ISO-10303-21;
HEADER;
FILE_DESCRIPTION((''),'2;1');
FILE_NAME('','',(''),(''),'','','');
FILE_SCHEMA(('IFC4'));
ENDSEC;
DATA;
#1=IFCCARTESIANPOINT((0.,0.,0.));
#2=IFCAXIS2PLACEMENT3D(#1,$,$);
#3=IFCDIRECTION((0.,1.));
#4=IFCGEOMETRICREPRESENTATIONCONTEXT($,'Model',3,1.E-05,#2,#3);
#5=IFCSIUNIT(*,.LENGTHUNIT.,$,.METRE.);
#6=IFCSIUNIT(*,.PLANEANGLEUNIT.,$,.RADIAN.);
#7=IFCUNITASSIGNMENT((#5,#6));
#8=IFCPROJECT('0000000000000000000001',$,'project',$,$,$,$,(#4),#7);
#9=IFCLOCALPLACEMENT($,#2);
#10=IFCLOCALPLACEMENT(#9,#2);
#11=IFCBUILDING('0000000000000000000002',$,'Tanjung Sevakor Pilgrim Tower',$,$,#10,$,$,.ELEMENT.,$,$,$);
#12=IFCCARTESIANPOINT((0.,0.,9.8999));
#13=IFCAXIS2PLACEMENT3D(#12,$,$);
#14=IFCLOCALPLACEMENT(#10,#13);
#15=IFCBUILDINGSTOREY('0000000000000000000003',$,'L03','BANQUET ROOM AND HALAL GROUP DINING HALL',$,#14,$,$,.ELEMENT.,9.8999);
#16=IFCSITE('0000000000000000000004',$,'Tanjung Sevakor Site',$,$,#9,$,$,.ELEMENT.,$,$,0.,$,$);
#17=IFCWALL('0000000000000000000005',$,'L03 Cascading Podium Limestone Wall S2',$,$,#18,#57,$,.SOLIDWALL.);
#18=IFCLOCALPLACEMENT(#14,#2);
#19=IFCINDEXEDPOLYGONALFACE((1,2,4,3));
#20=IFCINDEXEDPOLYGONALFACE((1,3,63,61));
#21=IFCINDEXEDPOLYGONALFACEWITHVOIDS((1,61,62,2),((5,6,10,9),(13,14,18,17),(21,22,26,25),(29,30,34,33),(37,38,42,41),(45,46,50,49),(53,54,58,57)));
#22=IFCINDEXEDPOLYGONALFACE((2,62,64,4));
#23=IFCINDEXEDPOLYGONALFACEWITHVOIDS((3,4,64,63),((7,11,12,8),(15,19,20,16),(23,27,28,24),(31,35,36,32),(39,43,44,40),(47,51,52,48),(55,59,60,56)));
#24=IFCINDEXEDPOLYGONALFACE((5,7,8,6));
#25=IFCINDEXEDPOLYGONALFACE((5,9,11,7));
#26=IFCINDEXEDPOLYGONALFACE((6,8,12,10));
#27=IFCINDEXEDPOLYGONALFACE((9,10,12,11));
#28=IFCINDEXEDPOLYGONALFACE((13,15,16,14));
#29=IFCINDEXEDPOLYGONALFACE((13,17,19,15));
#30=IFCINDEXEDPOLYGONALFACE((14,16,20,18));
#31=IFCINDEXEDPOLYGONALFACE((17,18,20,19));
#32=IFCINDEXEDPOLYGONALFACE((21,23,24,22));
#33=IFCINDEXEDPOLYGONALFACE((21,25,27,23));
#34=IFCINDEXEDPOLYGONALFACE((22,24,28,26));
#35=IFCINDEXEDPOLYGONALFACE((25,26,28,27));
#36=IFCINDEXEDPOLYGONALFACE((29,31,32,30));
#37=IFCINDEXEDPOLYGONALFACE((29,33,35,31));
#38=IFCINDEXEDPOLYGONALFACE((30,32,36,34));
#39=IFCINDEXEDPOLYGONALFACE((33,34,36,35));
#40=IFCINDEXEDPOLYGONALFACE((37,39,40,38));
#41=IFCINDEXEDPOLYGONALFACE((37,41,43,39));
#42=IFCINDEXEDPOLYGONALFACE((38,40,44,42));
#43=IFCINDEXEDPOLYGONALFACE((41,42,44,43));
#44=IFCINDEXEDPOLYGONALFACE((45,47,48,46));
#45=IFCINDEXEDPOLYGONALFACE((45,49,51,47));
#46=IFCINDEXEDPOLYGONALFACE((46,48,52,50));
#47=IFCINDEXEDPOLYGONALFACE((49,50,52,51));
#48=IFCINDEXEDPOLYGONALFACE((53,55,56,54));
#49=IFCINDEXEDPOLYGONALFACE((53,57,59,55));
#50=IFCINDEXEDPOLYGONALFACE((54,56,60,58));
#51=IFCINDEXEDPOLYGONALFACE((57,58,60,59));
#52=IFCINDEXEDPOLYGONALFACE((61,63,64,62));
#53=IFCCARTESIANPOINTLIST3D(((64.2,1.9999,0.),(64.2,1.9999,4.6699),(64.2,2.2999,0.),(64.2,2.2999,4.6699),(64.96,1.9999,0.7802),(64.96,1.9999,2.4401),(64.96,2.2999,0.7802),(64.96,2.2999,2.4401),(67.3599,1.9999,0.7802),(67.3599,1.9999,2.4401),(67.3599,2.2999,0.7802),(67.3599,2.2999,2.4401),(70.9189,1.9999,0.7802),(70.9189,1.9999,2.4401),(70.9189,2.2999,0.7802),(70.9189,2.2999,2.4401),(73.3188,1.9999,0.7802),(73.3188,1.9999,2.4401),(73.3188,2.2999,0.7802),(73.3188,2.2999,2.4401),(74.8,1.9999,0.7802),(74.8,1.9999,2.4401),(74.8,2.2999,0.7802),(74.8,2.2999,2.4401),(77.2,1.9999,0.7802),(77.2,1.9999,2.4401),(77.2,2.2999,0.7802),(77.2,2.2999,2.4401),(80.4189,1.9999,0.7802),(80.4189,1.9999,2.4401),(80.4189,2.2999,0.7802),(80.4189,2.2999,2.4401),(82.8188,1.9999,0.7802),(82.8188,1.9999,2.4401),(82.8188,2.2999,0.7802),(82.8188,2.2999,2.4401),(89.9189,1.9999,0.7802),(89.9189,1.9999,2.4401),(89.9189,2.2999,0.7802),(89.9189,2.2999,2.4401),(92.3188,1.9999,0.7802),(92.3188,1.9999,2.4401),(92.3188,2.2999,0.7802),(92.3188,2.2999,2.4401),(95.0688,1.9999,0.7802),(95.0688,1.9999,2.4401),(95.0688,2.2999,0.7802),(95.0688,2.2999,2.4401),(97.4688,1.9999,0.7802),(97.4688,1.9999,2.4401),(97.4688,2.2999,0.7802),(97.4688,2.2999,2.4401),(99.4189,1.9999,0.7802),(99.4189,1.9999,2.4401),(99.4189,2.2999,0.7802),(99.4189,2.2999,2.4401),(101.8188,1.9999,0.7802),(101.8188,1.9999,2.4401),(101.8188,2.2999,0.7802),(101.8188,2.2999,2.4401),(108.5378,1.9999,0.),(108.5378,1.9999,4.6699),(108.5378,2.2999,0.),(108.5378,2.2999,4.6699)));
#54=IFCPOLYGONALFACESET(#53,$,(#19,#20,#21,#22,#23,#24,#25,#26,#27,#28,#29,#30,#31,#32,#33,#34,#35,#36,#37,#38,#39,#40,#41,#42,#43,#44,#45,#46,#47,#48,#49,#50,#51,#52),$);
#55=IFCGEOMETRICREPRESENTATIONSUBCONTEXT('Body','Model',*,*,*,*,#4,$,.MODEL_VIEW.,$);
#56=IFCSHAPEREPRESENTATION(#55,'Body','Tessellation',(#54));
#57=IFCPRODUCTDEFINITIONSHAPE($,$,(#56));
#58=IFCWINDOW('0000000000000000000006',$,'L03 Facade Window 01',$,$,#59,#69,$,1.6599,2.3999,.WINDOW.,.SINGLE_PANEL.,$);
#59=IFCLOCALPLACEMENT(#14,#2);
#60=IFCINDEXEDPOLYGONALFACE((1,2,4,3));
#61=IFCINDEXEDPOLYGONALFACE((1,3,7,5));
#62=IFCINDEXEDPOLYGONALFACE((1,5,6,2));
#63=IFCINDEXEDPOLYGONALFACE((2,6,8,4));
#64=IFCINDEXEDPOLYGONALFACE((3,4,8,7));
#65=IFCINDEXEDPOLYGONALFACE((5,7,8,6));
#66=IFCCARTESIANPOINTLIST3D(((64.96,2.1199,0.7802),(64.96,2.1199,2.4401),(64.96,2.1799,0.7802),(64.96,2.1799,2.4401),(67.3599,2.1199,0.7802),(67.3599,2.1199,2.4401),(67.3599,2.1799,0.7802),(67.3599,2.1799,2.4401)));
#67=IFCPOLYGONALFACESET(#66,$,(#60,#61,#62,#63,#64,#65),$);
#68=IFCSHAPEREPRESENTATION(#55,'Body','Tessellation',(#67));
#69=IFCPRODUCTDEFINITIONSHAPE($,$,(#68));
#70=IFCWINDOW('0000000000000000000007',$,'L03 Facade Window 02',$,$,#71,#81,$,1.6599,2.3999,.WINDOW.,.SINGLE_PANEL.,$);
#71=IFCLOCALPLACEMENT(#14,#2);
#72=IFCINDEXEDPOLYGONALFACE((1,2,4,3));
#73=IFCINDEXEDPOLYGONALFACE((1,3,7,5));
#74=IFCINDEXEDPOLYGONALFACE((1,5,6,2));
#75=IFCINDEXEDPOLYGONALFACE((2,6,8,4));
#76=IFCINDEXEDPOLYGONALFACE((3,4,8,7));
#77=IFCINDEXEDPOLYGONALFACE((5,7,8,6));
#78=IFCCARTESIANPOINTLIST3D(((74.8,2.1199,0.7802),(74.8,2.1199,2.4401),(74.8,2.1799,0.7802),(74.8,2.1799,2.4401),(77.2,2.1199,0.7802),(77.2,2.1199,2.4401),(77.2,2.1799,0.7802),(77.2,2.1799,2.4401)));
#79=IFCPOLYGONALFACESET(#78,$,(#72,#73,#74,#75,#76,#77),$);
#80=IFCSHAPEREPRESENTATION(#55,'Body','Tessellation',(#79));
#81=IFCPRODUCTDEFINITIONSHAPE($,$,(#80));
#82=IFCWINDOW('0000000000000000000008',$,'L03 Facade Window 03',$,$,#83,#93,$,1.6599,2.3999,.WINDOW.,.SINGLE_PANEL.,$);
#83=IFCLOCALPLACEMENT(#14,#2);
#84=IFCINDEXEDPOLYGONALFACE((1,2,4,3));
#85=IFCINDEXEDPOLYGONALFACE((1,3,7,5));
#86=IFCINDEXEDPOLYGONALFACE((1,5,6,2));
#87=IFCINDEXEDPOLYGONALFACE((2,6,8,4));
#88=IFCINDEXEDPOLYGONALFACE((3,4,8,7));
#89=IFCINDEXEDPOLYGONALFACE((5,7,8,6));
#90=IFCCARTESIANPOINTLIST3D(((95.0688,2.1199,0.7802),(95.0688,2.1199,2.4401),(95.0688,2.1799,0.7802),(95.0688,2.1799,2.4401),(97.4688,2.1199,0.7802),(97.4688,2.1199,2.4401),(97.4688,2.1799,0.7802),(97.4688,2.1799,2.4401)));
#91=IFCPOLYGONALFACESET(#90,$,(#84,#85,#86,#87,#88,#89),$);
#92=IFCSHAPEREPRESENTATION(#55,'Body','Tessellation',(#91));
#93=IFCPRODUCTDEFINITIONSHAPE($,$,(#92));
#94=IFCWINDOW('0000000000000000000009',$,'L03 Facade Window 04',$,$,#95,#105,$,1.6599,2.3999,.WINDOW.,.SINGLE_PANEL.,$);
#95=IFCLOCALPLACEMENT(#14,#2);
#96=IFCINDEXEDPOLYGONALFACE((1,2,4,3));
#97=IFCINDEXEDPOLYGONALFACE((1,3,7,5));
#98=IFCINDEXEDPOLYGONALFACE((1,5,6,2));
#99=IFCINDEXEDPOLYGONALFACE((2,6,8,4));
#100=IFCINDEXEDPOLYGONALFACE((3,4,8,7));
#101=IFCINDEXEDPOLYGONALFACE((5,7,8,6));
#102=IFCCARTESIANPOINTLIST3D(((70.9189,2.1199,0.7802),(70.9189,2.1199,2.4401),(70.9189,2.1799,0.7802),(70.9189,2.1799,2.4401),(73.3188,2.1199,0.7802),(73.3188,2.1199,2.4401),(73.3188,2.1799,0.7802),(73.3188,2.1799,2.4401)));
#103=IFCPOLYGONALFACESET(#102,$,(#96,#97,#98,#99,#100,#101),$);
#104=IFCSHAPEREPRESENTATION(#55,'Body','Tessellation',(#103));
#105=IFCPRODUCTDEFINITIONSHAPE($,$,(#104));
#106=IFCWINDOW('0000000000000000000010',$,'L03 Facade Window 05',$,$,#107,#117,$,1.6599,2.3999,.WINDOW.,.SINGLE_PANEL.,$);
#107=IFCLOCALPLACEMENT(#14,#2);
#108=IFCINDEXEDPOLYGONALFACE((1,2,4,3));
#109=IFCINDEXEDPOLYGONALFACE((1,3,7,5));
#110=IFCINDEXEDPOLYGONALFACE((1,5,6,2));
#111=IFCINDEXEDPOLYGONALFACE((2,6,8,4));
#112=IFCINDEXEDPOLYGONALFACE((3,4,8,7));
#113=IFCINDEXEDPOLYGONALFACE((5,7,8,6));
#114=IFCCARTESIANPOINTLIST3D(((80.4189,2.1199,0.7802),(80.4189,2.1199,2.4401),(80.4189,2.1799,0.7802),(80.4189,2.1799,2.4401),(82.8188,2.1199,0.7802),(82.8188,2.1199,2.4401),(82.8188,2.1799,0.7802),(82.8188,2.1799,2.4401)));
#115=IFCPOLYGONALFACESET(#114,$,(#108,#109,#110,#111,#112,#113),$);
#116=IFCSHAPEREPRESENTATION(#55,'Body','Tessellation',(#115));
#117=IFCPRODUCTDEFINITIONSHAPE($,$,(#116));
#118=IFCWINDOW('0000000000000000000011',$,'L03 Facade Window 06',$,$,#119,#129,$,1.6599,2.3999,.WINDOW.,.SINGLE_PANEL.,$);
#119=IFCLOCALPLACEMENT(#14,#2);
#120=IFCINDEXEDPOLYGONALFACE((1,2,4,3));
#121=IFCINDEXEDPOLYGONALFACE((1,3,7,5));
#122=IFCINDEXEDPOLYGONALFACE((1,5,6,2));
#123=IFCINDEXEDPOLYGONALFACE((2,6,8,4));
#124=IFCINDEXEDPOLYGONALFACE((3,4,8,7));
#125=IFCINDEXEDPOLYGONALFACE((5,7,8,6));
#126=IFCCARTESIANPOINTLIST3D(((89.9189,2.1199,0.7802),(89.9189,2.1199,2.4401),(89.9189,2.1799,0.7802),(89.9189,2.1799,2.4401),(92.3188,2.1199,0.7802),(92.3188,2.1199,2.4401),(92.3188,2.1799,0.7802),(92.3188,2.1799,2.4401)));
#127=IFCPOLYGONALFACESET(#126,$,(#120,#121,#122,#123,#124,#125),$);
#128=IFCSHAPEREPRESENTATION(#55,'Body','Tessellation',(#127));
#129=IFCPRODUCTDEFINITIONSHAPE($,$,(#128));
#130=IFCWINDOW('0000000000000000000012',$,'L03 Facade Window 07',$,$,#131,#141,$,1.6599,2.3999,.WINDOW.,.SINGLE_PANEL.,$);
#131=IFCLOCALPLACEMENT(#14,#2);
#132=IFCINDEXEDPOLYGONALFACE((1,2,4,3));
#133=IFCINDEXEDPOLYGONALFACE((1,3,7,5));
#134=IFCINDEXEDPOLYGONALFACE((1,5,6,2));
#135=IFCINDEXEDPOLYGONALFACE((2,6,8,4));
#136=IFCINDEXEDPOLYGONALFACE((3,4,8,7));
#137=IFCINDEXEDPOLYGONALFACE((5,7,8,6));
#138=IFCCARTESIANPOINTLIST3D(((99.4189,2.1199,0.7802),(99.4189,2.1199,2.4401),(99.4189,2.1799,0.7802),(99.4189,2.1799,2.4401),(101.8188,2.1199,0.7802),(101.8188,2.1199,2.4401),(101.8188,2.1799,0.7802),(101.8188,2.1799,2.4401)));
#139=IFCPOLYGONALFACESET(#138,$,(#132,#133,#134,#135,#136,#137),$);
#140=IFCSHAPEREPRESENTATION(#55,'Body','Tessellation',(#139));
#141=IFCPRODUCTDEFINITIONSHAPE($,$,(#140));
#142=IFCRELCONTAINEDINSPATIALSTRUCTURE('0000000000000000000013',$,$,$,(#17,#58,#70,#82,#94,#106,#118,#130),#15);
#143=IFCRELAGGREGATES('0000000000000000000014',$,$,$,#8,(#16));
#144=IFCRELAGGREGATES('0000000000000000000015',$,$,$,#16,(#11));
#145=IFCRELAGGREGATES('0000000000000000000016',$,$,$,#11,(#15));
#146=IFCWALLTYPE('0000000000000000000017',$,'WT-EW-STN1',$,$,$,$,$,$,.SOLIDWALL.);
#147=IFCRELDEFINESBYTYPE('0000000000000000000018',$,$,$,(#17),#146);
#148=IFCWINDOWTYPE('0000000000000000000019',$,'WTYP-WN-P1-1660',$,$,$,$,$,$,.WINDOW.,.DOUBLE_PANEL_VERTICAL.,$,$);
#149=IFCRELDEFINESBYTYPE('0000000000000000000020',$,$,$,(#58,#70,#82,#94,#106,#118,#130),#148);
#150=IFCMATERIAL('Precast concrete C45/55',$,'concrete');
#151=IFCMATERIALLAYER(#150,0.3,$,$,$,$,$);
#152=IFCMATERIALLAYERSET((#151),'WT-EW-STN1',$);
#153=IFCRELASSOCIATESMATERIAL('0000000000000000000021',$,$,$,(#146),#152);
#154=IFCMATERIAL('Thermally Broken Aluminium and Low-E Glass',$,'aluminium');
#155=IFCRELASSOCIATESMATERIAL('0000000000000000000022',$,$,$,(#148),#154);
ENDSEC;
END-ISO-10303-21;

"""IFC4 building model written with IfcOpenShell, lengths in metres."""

from ifc_helpers import new_model, si_unit, direction, frame, frame_2d, origin, place, context, subcontext, project, spatial, rectangle, extrude, material, layer, layer_set, type_object, element, fill, save


model = new_model("IFC4")

# Units and contexts
model_context = context("Model", 3, precision=1e-05, world=origin(), true_north=direction((0.0, 1.0)))
body_context = subcontext(model_context, "Body", "Model", "MODEL_VIEW")
ifc_project = project(units=[si_unit("LENGTHUNIT", "METRE"), si_unit("PLANEANGLEUNIT", "RADIAN")], contexts=[model_context])

# Site, building, storey
site_placement = place(None, origin())
site = spatial("IfcSite", under=ifc_project, at=site_placement, Name="Tanjung Sevakor Site", CompositionType="ELEMENT", RefElevation=0.0)
building_placement = place(site_placement, origin())
building = spatial("IfcBuilding", under=site, at=building_placement, Name="Tanjung Sevakor Pilgrim Tower", CompositionType="ELEMENT")
storey_placement = place(building_placement, frame((0.0, 0.0, 9.8999)))
storey = spatial("IfcBuildingStorey", under=building, at=storey_placement, Name="L03", Description="BANQUET ROOM AND HALAL GROUP DINING HALL", CompositionType="ELEMENT", Elevation=9.8999)

# Wall, openings, windows
ifc_material_1 = material(Name="Precast concrete C45/55", Category="concrete")
ifc_layer_1 = layer(ifc_material_1, 0.3)
ifc_layer_set_1 = layer_set([ifc_layer_1], Name="WT-EW-STN1")
wall_type_1 = type_object("IfcWallType", Name="WT-EW-STN1", PredefinedType="SOLIDWALL", material=ifc_layer_set_1)
wall_placement = place(storey_placement, frame((64.2, 2.1499, 0.0), z_axis=(0.0, 0.0, 1.0), x_axis=(1.0, 0.0, 0.0)))
wall = element("IfcWall", 1, at=wall_placement, inside=storey, type_object=wall_type_1, Name="L03 Cascading Podium Limestone Wall S2", PredefinedType="SOLIDWALL", context=body_context, shape_type="SweptSolid", body=[
    extrude(rectangle(XDim=44.3379, YDim=0.3, at=frame_2d((22.1689, 0.0))), origin(), (0.0, 0.0, 1.0), 4.6699),
])
opening_1_placement = place(wall_placement, frame((0.76, 0.0, 0.78)))
opening_1 = element("IfcOpeningElement", 2, at=opening_1_placement, cuts=wall, PredefinedType="OPENING", context=body_context, shape_type="SweptSolid", body=[
    extrude(rectangle(XDim=2.3999, YDim=1.6599, at=frame_2d((1.2, 0.8301))), frame((0.0, 0.1599, 0.0), z_axis=(0.0, -1.0, 0.0), x_axis=(1.0, 0.0, 0.0)), (0.0, 0.0, 1.0), 0.3201),
])
opening_2_placement = place(wall_placement, frame((10.6001, 0.0, 0.78)))
opening_2 = element("IfcOpeningElement", 3, at=opening_2_placement, cuts=wall, PredefinedType="OPENING", context=body_context, shape_type="SweptSolid", body=[
    extrude(rectangle(XDim=2.3999, YDim=1.6599, at=frame_2d((1.2, 0.8301))), frame((0.0, 0.1599, 0.0), z_axis=(0.0, -1.0, 0.0), x_axis=(1.0, 0.0, 0.0)), (0.0, 0.0, 1.0), 0.3201),
])
opening_3_placement = place(wall_placement, frame((30.8689, 0.0, 0.78)))
opening_3 = element("IfcOpeningElement", 4, at=opening_3_placement, cuts=wall, PredefinedType="OPENING", context=body_context, shape_type="SweptSolid", body=[
    extrude(rectangle(XDim=2.3999, YDim=1.6599, at=frame_2d((1.2, 0.8301))), frame((0.0, 0.1599, 0.0), z_axis=(0.0, -1.0, 0.0), x_axis=(1.0, 0.0, 0.0)), (0.0, 0.0, 1.0), 0.3201),
])
opening_4_placement = place(wall_placement, frame((6.719, 0.0, 0.78)))
opening_4 = element("IfcOpeningElement", 5, at=opening_4_placement, cuts=wall, PredefinedType="OPENING", context=body_context, shape_type="SweptSolid", body=[
    extrude(rectangle(XDim=2.3999, YDim=1.6599, at=frame_2d((1.2, 0.8301))), frame((0.0, 0.1599, 0.0), z_axis=(0.0, -1.0, 0.0), x_axis=(1.0, 0.0, 0.0)), (0.0, 0.0, 1.0), 0.3201),
])
opening_5_placement = place(wall_placement, frame((16.219, 0.0, 0.78)))
opening_5 = element("IfcOpeningElement", 6, at=opening_5_placement, cuts=wall, PredefinedType="OPENING", context=body_context, shape_type="SweptSolid", body=[
    extrude(rectangle(XDim=2.3999, YDim=1.6599, at=frame_2d((1.2, 0.8301))), frame((0.0, 0.1599, 0.0), z_axis=(0.0, -1.0, 0.0), x_axis=(1.0, 0.0, 0.0)), (0.0, 0.0, 1.0), 0.3201),
])
opening_6_placement = place(wall_placement, frame((25.719, 0.0, 0.78)))
opening_6 = element("IfcOpeningElement", 7, at=opening_6_placement, cuts=wall, PredefinedType="OPENING", context=body_context, shape_type="SweptSolid", body=[
    extrude(rectangle(XDim=2.3999, YDim=1.6599, at=frame_2d((1.2, 0.8301))), frame((0.0, 0.1599, 0.0), z_axis=(0.0, -1.0, 0.0), x_axis=(1.0, 0.0, 0.0)), (0.0, 0.0, 1.0), 0.3201),
])
opening_7_placement = place(wall_placement, frame((35.219, 0.0, 0.78)))
opening_7 = element("IfcOpeningElement", 8, at=opening_7_placement, cuts=wall, PredefinedType="OPENING", context=body_context, shape_type="SweptSolid", body=[
    extrude(rectangle(XDim=2.3999, YDim=1.6599, at=frame_2d((1.2, 0.8301))), frame((0.0, 0.1599, 0.0), z_axis=(0.0, -1.0, 0.0), x_axis=(1.0, 0.0, 0.0)), (0.0, 0.0, 1.0), 0.3201),
])
ifc_material_2 = material(Name="Thermally Broken Aluminium and Low-E Glass", Category="aluminium")
window_type = type_object("IfcWindowType", Name="WTYP-WN-P1-1660", PartitioningType="DOUBLE_PANEL_VERTICAL", PredefinedType="WINDOW", material=ifc_material_2)
window_1_placement = place(opening_1_placement, origin())
window_1 = element("IfcWindow", 9, at=window_1_placement, inside=storey, type_object=window_type, Name="L03 Facade Window 01", OverallHeight=1.6599, OverallWidth=2.3999, PartitioningType="SINGLE_PANEL", PredefinedType="WINDOW", context=body_context, shape_type="SweptSolid", body=[
    extrude(rectangle(XDim=2.3999, YDim=1.6599, at=frame_2d((1.2, 0.8301))), frame((0.0, 0.03, 0.0), z_axis=(0.0, -1.0, 0.0), x_axis=(1.0, 0.0, 0.0)), (0.0, 0.0, 1.0), 0.0601),
])
fill(opening_1, window_1)
window_2_placement = place(opening_2_placement, origin())
window_2 = element("IfcWindow", 10, at=window_2_placement, inside=storey, type_object=window_type, Name="L03 Facade Window 02", OverallHeight=1.6599, OverallWidth=2.3999, PartitioningType="SINGLE_PANEL", PredefinedType="WINDOW", context=body_context, shape_type="SweptSolid", body=[
    extrude(rectangle(XDim=2.3999, YDim=1.6599, at=frame_2d((1.2, 0.8301))), frame((0.0, 0.03, 0.0), z_axis=(0.0, -1.0, 0.0), x_axis=(1.0, 0.0, 0.0)), (0.0, 0.0, 1.0), 0.0601),
])
fill(opening_2, window_2)
window_3_placement = place(opening_3_placement, origin())
window_3 = element("IfcWindow", 11, at=window_3_placement, inside=storey, type_object=window_type, Name="L03 Facade Window 03", OverallHeight=1.6599, OverallWidth=2.3999, PartitioningType="SINGLE_PANEL", PredefinedType="WINDOW", context=body_context, shape_type="SweptSolid", body=[
    extrude(rectangle(XDim=2.3999, YDim=1.6599, at=frame_2d((1.2, 0.8301))), frame((0.0, 0.03, 0.0), z_axis=(0.0, -1.0, 0.0), x_axis=(1.0, 0.0, 0.0)), (0.0, 0.0, 1.0), 0.0601),
])
fill(opening_3, window_3)
window_4_placement = place(opening_4_placement, origin())
window_4 = element("IfcWindow", 12, at=window_4_placement, inside=storey, type_object=window_type, Name="L03 Facade Window 04", OverallHeight=1.6599, OverallWidth=2.3999, PartitioningType="SINGLE_PANEL", PredefinedType="WINDOW", context=body_context, shape_type="SweptSolid", body=[
    extrude(rectangle(XDim=2.3999, YDim=1.6599, at=frame_2d((1.2, 0.8301))), frame((0.0, 0.03, 0.0), z_axis=(0.0, -1.0, 0.0), x_axis=(1.0, 0.0, 0.0)), (0.0, 0.0, 1.0), 0.0601),
])
fill(opening_4, window_4)
window_5_placement = place(opening_5_placement, origin())
window_5 = element("IfcWindow", 13, at=window_5_placement, inside=storey, type_object=window_type, Name="L03 Facade Window 05", OverallHeight=1.6599, OverallWidth=2.3999, PartitioningType="SINGLE_PANEL", PredefinedType="WINDOW", context=body_context, shape_type="SweptSolid", body=[
    extrude(rectangle(XDim=2.3999, YDim=1.6599, at=frame_2d((1.2, 0.8301))), frame((0.0, 0.03, 0.0), z_axis=(0.0, -1.0, 0.0), x_axis=(1.0, 0.0, 0.0)), (0.0, 0.0, 1.0), 0.0601),
])
fill(opening_5, window_5)
window_6_placement = place(opening_6_placement, origin())
window_6 = element("IfcWindow", 14, at=window_6_placement, inside=storey, type_object=window_type, Name="L03 Facade Window 06", OverallHeight=1.6599, OverallWidth=2.3999, PartitioningType="SINGLE_PANEL", PredefinedType="WINDOW", context=body_context, shape_type="SweptSolid", body=[
    extrude(rectangle(XDim=2.3999, YDim=1.6599, at=frame_2d((1.2, 0.8301))), frame((0.0, 0.03, 0.0), z_axis=(0.0, -1.0, 0.0), x_axis=(1.0, 0.0, 0.0)), (0.0, 0.0, 1.0), 0.0601),
])
fill(opening_6, window_6)
window_7_placement = place(opening_7_placement, origin())
window_7 = element("IfcWindow", 15, at=window_7_placement, inside=storey, type_object=window_type, Name="L03 Facade Window 07", OverallHeight=1.6599, OverallWidth=2.3999, PartitioningType="SINGLE_PANEL", PredefinedType="WINDOW", context=body_context, shape_type="SweptSolid", body=[
    extrude(rectangle(XDim=2.3999, YDim=1.6599, at=frame_2d((1.2, 0.8301))), frame((0.0, 0.03, 0.0), z_axis=(0.0, -1.0, 0.0), x_axis=(1.0, 0.0, 0.0)), (0.0, 0.0, 1.0), 0.0601),
])
fill(opening_7, window_7)

save(model, "model.ifc")
